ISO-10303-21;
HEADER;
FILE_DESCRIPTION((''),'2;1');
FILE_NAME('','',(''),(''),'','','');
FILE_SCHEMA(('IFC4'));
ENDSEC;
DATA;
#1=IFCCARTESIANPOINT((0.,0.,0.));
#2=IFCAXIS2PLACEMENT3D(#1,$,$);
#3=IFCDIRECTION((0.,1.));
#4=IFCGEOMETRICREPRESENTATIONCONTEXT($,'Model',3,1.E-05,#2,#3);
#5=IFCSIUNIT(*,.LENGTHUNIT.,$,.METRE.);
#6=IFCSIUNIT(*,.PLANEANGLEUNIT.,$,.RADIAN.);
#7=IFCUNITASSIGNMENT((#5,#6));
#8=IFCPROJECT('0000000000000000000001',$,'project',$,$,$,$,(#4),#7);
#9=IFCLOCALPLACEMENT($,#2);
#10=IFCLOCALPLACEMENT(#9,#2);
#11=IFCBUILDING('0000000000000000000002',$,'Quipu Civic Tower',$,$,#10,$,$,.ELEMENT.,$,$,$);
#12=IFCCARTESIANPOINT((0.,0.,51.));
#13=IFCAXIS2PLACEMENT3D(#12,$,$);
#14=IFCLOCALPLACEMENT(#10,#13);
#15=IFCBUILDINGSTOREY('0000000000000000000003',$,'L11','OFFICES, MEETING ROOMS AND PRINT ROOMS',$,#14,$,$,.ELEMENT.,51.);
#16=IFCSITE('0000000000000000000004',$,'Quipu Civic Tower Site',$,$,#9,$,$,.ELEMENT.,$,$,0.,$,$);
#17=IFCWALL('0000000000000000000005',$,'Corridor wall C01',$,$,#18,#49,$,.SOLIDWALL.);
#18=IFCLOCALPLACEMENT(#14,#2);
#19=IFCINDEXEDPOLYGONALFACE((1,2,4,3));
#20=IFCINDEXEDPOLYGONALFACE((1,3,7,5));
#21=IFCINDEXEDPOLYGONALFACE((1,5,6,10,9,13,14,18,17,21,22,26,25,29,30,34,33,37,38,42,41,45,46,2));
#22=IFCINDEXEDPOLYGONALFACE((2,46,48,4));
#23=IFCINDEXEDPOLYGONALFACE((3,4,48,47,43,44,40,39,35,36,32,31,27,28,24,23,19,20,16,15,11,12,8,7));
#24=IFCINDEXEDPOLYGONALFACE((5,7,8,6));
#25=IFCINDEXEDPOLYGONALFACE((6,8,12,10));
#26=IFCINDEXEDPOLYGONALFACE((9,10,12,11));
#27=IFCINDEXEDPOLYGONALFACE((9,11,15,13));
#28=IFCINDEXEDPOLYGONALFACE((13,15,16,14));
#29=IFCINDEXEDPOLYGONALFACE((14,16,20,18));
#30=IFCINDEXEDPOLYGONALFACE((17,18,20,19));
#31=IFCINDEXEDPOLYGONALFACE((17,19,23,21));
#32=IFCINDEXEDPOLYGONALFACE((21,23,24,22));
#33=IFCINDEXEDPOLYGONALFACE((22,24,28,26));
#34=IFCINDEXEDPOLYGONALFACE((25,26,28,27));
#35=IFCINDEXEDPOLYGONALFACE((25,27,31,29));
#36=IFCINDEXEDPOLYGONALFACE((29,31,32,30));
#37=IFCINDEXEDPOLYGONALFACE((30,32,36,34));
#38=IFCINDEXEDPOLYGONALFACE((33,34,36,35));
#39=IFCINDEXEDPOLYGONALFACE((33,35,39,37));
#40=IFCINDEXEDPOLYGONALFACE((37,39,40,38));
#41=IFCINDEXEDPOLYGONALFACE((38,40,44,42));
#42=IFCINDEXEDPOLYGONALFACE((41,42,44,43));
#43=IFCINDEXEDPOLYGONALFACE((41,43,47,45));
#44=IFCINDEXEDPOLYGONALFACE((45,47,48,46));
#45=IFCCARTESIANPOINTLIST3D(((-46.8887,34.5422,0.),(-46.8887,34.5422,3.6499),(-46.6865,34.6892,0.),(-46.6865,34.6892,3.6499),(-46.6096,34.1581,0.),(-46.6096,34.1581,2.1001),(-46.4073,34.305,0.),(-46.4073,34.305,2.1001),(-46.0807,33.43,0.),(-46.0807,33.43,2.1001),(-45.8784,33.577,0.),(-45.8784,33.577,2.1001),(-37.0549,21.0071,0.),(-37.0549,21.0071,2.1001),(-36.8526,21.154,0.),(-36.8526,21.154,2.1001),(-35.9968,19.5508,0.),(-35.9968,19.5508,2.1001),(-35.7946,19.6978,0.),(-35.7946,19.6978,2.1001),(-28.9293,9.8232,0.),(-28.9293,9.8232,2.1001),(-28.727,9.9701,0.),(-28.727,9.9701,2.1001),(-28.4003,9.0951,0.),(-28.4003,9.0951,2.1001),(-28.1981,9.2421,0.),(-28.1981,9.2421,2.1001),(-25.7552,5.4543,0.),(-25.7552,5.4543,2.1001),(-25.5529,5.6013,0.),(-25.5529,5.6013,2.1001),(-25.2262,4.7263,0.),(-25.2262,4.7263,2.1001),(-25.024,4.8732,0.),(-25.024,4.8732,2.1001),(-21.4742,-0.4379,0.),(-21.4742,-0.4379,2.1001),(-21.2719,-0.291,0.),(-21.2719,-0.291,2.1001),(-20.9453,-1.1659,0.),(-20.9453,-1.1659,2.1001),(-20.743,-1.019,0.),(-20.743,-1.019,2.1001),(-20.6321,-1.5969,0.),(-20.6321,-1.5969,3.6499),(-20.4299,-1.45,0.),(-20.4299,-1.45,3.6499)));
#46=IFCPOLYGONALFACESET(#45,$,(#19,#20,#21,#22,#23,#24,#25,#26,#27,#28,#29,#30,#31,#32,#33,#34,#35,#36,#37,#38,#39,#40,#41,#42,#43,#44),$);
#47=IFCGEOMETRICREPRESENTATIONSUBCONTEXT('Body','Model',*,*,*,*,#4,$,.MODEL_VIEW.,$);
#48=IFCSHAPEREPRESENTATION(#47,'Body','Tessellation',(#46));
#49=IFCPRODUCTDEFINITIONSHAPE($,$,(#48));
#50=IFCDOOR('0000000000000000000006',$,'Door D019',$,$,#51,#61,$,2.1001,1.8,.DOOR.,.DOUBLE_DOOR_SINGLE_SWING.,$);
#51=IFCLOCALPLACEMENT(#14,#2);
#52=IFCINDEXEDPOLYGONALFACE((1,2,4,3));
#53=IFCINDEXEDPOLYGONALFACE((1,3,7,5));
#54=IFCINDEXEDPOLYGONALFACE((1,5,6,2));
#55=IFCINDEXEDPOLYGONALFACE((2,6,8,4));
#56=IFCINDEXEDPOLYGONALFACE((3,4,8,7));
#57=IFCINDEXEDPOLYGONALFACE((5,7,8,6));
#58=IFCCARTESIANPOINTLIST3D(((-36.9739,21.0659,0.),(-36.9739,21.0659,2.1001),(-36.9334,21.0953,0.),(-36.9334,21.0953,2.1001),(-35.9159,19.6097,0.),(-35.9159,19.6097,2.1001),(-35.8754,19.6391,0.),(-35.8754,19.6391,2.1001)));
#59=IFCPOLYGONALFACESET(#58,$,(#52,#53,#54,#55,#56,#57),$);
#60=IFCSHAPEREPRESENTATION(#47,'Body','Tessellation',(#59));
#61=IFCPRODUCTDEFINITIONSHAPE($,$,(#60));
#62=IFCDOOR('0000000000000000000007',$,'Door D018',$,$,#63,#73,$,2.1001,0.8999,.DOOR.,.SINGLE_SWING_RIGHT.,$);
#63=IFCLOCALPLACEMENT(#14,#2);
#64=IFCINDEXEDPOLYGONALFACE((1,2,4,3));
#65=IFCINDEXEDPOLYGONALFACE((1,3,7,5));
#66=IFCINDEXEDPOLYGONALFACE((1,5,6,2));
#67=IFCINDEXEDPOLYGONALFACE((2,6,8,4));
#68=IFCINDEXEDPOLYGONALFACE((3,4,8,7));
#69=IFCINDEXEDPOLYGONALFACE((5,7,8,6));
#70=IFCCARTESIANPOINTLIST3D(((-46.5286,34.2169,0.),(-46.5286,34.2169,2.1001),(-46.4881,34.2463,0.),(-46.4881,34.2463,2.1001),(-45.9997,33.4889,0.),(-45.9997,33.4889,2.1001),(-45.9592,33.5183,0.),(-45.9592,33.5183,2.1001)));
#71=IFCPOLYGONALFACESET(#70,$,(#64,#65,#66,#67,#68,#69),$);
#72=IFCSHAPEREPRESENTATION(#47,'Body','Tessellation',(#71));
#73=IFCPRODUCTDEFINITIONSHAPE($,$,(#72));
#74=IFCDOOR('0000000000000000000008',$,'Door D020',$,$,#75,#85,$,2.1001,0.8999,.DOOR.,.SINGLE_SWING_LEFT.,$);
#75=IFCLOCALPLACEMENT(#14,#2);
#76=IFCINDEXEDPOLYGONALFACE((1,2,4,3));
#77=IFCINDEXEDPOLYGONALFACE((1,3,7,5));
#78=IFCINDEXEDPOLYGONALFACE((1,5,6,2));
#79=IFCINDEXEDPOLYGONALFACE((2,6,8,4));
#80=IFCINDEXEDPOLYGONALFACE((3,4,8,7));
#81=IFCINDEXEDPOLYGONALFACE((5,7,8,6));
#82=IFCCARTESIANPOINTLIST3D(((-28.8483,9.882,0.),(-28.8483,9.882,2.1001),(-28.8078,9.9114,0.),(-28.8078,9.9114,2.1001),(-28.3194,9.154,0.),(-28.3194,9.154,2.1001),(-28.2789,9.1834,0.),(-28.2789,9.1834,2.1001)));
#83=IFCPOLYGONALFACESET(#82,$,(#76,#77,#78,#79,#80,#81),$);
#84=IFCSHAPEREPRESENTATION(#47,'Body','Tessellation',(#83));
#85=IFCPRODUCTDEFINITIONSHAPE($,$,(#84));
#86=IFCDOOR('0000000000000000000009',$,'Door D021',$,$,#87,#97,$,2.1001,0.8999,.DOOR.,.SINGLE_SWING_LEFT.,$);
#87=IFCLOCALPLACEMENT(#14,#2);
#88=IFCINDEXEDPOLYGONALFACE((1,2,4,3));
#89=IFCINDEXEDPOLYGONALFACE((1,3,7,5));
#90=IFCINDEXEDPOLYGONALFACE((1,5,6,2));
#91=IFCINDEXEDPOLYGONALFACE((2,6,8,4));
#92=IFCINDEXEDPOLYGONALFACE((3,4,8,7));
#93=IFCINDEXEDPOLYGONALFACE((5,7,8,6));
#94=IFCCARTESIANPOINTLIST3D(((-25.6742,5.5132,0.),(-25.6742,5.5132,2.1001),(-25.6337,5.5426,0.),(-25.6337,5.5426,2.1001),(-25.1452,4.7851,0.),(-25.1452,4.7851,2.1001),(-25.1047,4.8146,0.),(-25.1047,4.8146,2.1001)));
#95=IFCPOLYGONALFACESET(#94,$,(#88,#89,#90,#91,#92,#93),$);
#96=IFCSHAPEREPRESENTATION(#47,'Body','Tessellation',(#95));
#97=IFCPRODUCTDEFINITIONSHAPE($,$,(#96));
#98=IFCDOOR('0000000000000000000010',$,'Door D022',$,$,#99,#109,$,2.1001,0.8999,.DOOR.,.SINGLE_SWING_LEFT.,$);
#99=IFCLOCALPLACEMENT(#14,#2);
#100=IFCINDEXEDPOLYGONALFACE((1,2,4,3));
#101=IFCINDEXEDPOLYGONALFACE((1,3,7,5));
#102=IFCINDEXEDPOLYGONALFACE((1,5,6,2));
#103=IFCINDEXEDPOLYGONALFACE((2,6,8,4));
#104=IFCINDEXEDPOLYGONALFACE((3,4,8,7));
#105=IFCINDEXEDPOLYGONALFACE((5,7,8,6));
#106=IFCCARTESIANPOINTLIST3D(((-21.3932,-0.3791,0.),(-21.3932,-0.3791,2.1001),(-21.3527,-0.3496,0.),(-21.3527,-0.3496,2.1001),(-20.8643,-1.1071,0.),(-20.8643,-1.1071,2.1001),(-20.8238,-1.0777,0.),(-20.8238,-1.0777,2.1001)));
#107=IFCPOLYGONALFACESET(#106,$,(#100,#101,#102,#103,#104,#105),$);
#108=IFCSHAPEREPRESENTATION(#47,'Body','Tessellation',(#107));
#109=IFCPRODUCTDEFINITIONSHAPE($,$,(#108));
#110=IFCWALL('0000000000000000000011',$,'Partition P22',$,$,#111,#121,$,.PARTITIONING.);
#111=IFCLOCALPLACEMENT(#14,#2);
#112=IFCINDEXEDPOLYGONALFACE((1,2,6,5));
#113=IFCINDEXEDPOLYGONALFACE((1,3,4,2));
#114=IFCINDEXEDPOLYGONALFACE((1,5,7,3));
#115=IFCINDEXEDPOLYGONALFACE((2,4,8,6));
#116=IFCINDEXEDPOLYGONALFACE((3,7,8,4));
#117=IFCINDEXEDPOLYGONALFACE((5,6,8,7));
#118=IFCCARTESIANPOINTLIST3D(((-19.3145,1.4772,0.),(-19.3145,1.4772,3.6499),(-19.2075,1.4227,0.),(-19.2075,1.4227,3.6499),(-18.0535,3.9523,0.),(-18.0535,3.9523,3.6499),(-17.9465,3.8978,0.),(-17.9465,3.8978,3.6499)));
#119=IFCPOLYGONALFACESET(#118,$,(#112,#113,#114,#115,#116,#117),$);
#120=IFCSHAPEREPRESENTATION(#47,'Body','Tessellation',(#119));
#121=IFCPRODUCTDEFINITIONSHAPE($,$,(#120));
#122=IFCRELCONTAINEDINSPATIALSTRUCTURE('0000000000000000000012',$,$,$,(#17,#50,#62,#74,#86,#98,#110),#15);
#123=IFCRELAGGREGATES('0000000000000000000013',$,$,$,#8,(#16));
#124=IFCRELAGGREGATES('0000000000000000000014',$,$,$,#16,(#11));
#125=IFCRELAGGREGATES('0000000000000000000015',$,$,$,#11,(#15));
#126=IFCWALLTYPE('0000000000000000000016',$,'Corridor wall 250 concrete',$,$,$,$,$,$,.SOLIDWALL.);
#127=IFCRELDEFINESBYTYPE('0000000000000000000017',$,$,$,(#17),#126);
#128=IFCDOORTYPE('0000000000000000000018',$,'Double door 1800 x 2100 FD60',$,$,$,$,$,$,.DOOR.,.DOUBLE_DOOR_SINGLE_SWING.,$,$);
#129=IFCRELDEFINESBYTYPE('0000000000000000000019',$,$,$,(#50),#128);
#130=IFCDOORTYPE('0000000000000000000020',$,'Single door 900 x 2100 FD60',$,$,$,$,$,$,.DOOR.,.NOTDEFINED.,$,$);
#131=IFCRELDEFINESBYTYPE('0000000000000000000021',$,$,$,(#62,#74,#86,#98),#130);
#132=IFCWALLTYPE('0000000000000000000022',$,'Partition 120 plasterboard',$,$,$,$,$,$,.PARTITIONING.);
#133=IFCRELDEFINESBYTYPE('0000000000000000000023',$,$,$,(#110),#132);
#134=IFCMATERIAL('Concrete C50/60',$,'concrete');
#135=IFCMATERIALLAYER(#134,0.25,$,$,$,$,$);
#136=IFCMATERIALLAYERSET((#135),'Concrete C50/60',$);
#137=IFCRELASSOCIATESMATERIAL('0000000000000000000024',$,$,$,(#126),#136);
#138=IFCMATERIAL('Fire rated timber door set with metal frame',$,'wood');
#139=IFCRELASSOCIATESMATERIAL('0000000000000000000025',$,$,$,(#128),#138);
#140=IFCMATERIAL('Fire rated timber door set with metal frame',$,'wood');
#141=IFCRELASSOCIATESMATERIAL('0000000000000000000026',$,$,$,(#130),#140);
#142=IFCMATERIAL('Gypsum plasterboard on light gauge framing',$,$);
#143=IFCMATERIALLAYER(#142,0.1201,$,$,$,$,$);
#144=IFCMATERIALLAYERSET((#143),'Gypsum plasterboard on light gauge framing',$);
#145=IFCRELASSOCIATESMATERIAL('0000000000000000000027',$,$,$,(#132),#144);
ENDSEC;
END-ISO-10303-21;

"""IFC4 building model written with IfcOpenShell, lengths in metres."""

from ifc_helpers import new_model, si_unit, direction, frame, frame_2d, origin, place, context, subcontext, project, spatial, rectangle, extrude, material, layer, layer_set, type_object, element, fill, save


model = new_model("IFC4")

# Units and contexts
model_context = context("Model", 3, precision=1e-05, world=origin(), true_north=direction((0.0, 1.0)))
body_context = subcontext(model_context, "Body", "Model", "MODEL_VIEW")
ifc_project = project(units=[si_unit("LENGTHUNIT", "METRE"), si_unit("PLANEANGLEUNIT", "RADIAN")], contexts=[model_context])

# Site, building, storey
site_placement = place(None, origin())
site = spatial("IfcSite", under=ifc_project, at=site_placement, Name="Quipu Civic Tower Site", CompositionType="ELEMENT", RefElevation=0.0)
building_placement = place(site_placement, origin())
building = spatial("IfcBuilding", under=site, at=building_placement, Name="Quipu Civic Tower", CompositionType="ELEMENT")
storey_placement = place(building_placement, frame((0.0, 0.0, 51.0)))
storey = spatial("IfcBuildingStorey", under=building, at=storey_placement, Name="L11", Description="OFFICES, MEETING ROOMS AND PRINT ROOMS", CompositionType="ELEMENT", Elevation=51.0)

# Wall, openings, doors
ifc_material_1 = material(Name="Concrete C50/60", Category="concrete")
ifc_layer_1 = layer(ifc_material_1, 0.25)
ifc_layer_set_1 = layer_set([ifc_layer_1], Name="Concrete C50/60")
wall_type_1 = type_object("IfcWallType", Name="Corridor wall 250 concrete", PredefinedType="SOLIDWALL", material=ifc_layer_set_1)
wall_1_placement = place(storey_placement, frame((-20.531, -1.5234, 0.0), z_axis=(0.0, 0.0, 1.0), x_axis=(-0.587785, 0.809017, 0.0)))
wall_1 = element("IfcWall", 1, at=wall_1_placement, inside=storey, type_object=wall_type_1, Name="Corridor wall C01", PredefinedType="SOLIDWALL", context=body_context, shape_type="SweptSolid", body=[
    extrude(rectangle(XDim=44.6704, YDim=0.25, at=frame_2d((22.3352, 0.0))), origin(), (0.0, 0.0, 1.0), 3.6499),
])
opening_1_placement = place(wall_1_placement, frame((26.1401, 0.0, 0.0)))
opening_1 = element("IfcOpeningElement", 2, at=opening_1_placement, cuts=wall_1, PredefinedType="OPENING", context=body_context, shape_type="SweptSolid", body=[
    extrude(rectangle(XDim=1.8, YDim=2.1001, at=frame_2d((0.8999, 1.05))), frame((0.0, 0.135, 0.0), z_axis=(0.0, -1.0, 0.0), x_axis=(1.0, 0.0, 0.0)), (0.0, 0.0, 1.0), 0.27),
])
opening_2_placement = place(wall_1_placement, frame((43.2957, 0.0, 0.0)))
opening_2 = element("IfcOpeningElement", 3, at=opening_2_placement, cuts=wall_1, PredefinedType="OPENING", context=body_context, shape_type="SweptSolid", body=[
    extrude(rectangle(XDim=0.8999, YDim=2.1001, at=frame_2d((0.45, 1.05))), frame((0.0, 0.135, 0.0), z_axis=(0.0, -1.0, 0.0), x_axis=(1.0, 0.0, 0.0)), (0.0, 0.0, 1.0), 0.27),
])
opening_3_placement = place(wall_1_placement, frame((13.2161, 0.0, 0.0)))
opening_3 = element("IfcOpeningElement", 4, at=opening_3_placement, cuts=wall_1, PredefinedType="OPENING", context=body_context, shape_type="SweptSolid", body=[
    extrude(rectangle(XDim=0.8999, YDim=2.1001, at=frame_2d((0.45, 1.05))), frame((0.0, 0.135, 0.0), z_axis=(0.0, -1.0, 0.0), x_axis=(1.0, 0.0, 0.0)), (0.0, 0.0, 1.0), 0.27),
])
opening_4_placement = place(wall_1_placement, frame((7.8159, 0.0, 0.0)))
opening_4 = element("IfcOpeningElement", 5, at=opening_4_placement, cuts=wall_1, PredefinedType="OPENING", context=body_context, shape_type="SweptSolid", body=[
    extrude(rectangle(XDim=0.8999, YDim=2.1001, at=frame_2d((0.45, 1.05))), frame((0.0, 0.135, 0.0), z_axis=(0.0, -1.0, 0.0), x_axis=(1.0, 0.0, 0.0)), (0.0, 0.0, 1.0), 0.27),
])
opening_5_placement = place(wall_1_placement, frame((0.5327, 0.0, 0.0)))
opening_5 = element("IfcOpeningElement", 6, at=opening_5_placement, cuts=wall_1, PredefinedType="OPENING", context=body_context, shape_type="SweptSolid", body=[
    extrude(rectangle(XDim=0.8999, YDim=2.1001, at=frame_2d((0.45, 1.05))), frame((0.0, 0.135, 0.0), z_axis=(0.0, -1.0, 0.0), x_axis=(1.0, 0.0, 0.0)), (0.0, 0.0, 1.0), 0.27),
])
ifc_material_2 = material(Name="Fire rated timber door set with metal frame", Category="wood")
door_type_1 = type_object("IfcDoorType", Name="Double door 1800 x 2100 FD60", OperationType="DOUBLE_DOOR_SINGLE_SWING", PredefinedType="DOOR", material=ifc_material_2)
door_1_placement = place(opening_1_placement, origin())
door_1 = element("IfcDoor", 7, at=door_1_placement, inside=storey, type_object=door_type_1, Name="Door D019", OperationType="DOUBLE_DOOR_SINGLE_SWING", OverallHeight=2.1001, OverallWidth=1.8, PredefinedType="DOOR", context=body_context, shape_type="SweptSolid", body=[
    extrude(rectangle(XDim=1.8, YDim=2.1001, at=frame_2d((0.8999, 1.05))), frame((0.0, 0.0249, 0.0), z_axis=(0.0, -1.0, 0.0), x_axis=(1.0, 0.0, 0.0)), (0.0, 0.0, 1.0), 0.05),
])
fill(opening_1, door_1)
ifc_material_3 = material(Name="Fire rated timber door set with metal frame", Category="wood")
door_type_2 = type_object("IfcDoorType", Name="Single door 900 x 2100 FD60", OperationType="NOTDEFINED", PredefinedType="DOOR", material=ifc_material_3)
door_2_placement = place(opening_2_placement, origin())
door_2 = element("IfcDoor", 8, at=door_2_placement, inside=storey, type_object=door_type_2, Name="Door D018", OperationType="SINGLE_SWING_RIGHT", OverallHeight=2.1001, OverallWidth=0.8999, PredefinedType="DOOR", context=body_context, shape_type="SweptSolid", body=[
    extrude(rectangle(XDim=0.8999, YDim=2.1001, at=frame_2d((0.45, 1.05))), frame((0.0, 0.0249, 0.0), z_axis=(0.0, -1.0, 0.0), x_axis=(1.0, 0.0, 0.0)), (0.0, 0.0, 1.0), 0.05),
])
fill(opening_2, door_2)
door_3_placement = place(opening_3_placement, origin())
door_3 = element("IfcDoor", 9, at=door_3_placement, inside=storey, type_object=door_type_2, Name="Door D020", OperationType="SINGLE_SWING_LEFT", OverallHeight=2.1001, OverallWidth=0.8999, PredefinedType="DOOR", context=body_context, shape_type="SweptSolid", body=[
    extrude(rectangle(XDim=0.8999, YDim=2.1001, at=frame_2d((0.45, 1.05))), frame((0.0, 0.0249, 0.0), z_axis=(0.0, -1.0, 0.0), x_axis=(1.0, 0.0, 0.0)), (0.0, 0.0, 1.0), 0.05),
])
fill(opening_3, door_3)
door_4_placement = place(opening_4_placement, origin())
door_4 = element("IfcDoor", 10, at=door_4_placement, inside=storey, type_object=door_type_2, Name="Door D021", OperationType="SINGLE_SWING_LEFT", OverallHeight=2.1001, OverallWidth=0.8999, PredefinedType="DOOR", context=body_context, shape_type="SweptSolid", body=[
    extrude(rectangle(XDim=0.8999, YDim=2.1001, at=frame_2d((0.45, 1.05))), frame((0.0, 0.0249, 0.0), z_axis=(0.0, -1.0, 0.0), x_axis=(1.0, 0.0, 0.0)), (0.0, 0.0, 1.0), 0.05),
])
fill(opening_4, door_4)
door_5_placement = place(opening_5_placement, origin())
door_5 = element("IfcDoor", 11, at=door_5_placement, inside=storey, type_object=door_type_2, Name="Door D022", OperationType="SINGLE_SWING_LEFT", OverallHeight=2.1001, OverallWidth=0.8999, PredefinedType="DOOR", context=body_context, shape_type="SweptSolid", body=[
    extrude(rectangle(XDim=0.8999, YDim=2.1001, at=frame_2d((0.45, 1.05))), frame((0.0, 0.0249, 0.0), z_axis=(0.0, -1.0, 0.0), x_axis=(1.0, 0.0, 0.0)), (0.0, 0.0, 1.0), 0.05),
])
fill(opening_5, door_5)

# Wall
ifc_material_4 = material(Name="Gypsum plasterboard on light gauge framing")
ifc_layer_2 = layer(ifc_material_4, 0.1201)
ifc_layer_set_2 = layer_set([ifc_layer_2], Name="Gypsum plasterboard on light gauge framing")
wall_type_2 = type_object("IfcWallType", Name="Partition 120 plasterboard", PredefinedType="PARTITIONING", material=ifc_layer_set_2)
wall_2_placement = place(storey_placement, frame((-19.261, 1.45, 0.0), z_axis=(0.0, 0.0, 1.0), x_axis=(0.453951, 0.891027, 0.0)))
element("IfcWall", 12, at=wall_2_placement, inside=storey, type_object=wall_type_2, Name="Partition P22", PredefinedType="PARTITIONING", context=body_context, shape_type="SweptSolid", body=[
    extrude(rectangle(XDim=2.7778, YDim=0.1201, at=frame_2d((1.3889, 0.0))), origin(), (0.0, 0.0, 1.0), 3.6499),
])

save(model, "model.ifc")
